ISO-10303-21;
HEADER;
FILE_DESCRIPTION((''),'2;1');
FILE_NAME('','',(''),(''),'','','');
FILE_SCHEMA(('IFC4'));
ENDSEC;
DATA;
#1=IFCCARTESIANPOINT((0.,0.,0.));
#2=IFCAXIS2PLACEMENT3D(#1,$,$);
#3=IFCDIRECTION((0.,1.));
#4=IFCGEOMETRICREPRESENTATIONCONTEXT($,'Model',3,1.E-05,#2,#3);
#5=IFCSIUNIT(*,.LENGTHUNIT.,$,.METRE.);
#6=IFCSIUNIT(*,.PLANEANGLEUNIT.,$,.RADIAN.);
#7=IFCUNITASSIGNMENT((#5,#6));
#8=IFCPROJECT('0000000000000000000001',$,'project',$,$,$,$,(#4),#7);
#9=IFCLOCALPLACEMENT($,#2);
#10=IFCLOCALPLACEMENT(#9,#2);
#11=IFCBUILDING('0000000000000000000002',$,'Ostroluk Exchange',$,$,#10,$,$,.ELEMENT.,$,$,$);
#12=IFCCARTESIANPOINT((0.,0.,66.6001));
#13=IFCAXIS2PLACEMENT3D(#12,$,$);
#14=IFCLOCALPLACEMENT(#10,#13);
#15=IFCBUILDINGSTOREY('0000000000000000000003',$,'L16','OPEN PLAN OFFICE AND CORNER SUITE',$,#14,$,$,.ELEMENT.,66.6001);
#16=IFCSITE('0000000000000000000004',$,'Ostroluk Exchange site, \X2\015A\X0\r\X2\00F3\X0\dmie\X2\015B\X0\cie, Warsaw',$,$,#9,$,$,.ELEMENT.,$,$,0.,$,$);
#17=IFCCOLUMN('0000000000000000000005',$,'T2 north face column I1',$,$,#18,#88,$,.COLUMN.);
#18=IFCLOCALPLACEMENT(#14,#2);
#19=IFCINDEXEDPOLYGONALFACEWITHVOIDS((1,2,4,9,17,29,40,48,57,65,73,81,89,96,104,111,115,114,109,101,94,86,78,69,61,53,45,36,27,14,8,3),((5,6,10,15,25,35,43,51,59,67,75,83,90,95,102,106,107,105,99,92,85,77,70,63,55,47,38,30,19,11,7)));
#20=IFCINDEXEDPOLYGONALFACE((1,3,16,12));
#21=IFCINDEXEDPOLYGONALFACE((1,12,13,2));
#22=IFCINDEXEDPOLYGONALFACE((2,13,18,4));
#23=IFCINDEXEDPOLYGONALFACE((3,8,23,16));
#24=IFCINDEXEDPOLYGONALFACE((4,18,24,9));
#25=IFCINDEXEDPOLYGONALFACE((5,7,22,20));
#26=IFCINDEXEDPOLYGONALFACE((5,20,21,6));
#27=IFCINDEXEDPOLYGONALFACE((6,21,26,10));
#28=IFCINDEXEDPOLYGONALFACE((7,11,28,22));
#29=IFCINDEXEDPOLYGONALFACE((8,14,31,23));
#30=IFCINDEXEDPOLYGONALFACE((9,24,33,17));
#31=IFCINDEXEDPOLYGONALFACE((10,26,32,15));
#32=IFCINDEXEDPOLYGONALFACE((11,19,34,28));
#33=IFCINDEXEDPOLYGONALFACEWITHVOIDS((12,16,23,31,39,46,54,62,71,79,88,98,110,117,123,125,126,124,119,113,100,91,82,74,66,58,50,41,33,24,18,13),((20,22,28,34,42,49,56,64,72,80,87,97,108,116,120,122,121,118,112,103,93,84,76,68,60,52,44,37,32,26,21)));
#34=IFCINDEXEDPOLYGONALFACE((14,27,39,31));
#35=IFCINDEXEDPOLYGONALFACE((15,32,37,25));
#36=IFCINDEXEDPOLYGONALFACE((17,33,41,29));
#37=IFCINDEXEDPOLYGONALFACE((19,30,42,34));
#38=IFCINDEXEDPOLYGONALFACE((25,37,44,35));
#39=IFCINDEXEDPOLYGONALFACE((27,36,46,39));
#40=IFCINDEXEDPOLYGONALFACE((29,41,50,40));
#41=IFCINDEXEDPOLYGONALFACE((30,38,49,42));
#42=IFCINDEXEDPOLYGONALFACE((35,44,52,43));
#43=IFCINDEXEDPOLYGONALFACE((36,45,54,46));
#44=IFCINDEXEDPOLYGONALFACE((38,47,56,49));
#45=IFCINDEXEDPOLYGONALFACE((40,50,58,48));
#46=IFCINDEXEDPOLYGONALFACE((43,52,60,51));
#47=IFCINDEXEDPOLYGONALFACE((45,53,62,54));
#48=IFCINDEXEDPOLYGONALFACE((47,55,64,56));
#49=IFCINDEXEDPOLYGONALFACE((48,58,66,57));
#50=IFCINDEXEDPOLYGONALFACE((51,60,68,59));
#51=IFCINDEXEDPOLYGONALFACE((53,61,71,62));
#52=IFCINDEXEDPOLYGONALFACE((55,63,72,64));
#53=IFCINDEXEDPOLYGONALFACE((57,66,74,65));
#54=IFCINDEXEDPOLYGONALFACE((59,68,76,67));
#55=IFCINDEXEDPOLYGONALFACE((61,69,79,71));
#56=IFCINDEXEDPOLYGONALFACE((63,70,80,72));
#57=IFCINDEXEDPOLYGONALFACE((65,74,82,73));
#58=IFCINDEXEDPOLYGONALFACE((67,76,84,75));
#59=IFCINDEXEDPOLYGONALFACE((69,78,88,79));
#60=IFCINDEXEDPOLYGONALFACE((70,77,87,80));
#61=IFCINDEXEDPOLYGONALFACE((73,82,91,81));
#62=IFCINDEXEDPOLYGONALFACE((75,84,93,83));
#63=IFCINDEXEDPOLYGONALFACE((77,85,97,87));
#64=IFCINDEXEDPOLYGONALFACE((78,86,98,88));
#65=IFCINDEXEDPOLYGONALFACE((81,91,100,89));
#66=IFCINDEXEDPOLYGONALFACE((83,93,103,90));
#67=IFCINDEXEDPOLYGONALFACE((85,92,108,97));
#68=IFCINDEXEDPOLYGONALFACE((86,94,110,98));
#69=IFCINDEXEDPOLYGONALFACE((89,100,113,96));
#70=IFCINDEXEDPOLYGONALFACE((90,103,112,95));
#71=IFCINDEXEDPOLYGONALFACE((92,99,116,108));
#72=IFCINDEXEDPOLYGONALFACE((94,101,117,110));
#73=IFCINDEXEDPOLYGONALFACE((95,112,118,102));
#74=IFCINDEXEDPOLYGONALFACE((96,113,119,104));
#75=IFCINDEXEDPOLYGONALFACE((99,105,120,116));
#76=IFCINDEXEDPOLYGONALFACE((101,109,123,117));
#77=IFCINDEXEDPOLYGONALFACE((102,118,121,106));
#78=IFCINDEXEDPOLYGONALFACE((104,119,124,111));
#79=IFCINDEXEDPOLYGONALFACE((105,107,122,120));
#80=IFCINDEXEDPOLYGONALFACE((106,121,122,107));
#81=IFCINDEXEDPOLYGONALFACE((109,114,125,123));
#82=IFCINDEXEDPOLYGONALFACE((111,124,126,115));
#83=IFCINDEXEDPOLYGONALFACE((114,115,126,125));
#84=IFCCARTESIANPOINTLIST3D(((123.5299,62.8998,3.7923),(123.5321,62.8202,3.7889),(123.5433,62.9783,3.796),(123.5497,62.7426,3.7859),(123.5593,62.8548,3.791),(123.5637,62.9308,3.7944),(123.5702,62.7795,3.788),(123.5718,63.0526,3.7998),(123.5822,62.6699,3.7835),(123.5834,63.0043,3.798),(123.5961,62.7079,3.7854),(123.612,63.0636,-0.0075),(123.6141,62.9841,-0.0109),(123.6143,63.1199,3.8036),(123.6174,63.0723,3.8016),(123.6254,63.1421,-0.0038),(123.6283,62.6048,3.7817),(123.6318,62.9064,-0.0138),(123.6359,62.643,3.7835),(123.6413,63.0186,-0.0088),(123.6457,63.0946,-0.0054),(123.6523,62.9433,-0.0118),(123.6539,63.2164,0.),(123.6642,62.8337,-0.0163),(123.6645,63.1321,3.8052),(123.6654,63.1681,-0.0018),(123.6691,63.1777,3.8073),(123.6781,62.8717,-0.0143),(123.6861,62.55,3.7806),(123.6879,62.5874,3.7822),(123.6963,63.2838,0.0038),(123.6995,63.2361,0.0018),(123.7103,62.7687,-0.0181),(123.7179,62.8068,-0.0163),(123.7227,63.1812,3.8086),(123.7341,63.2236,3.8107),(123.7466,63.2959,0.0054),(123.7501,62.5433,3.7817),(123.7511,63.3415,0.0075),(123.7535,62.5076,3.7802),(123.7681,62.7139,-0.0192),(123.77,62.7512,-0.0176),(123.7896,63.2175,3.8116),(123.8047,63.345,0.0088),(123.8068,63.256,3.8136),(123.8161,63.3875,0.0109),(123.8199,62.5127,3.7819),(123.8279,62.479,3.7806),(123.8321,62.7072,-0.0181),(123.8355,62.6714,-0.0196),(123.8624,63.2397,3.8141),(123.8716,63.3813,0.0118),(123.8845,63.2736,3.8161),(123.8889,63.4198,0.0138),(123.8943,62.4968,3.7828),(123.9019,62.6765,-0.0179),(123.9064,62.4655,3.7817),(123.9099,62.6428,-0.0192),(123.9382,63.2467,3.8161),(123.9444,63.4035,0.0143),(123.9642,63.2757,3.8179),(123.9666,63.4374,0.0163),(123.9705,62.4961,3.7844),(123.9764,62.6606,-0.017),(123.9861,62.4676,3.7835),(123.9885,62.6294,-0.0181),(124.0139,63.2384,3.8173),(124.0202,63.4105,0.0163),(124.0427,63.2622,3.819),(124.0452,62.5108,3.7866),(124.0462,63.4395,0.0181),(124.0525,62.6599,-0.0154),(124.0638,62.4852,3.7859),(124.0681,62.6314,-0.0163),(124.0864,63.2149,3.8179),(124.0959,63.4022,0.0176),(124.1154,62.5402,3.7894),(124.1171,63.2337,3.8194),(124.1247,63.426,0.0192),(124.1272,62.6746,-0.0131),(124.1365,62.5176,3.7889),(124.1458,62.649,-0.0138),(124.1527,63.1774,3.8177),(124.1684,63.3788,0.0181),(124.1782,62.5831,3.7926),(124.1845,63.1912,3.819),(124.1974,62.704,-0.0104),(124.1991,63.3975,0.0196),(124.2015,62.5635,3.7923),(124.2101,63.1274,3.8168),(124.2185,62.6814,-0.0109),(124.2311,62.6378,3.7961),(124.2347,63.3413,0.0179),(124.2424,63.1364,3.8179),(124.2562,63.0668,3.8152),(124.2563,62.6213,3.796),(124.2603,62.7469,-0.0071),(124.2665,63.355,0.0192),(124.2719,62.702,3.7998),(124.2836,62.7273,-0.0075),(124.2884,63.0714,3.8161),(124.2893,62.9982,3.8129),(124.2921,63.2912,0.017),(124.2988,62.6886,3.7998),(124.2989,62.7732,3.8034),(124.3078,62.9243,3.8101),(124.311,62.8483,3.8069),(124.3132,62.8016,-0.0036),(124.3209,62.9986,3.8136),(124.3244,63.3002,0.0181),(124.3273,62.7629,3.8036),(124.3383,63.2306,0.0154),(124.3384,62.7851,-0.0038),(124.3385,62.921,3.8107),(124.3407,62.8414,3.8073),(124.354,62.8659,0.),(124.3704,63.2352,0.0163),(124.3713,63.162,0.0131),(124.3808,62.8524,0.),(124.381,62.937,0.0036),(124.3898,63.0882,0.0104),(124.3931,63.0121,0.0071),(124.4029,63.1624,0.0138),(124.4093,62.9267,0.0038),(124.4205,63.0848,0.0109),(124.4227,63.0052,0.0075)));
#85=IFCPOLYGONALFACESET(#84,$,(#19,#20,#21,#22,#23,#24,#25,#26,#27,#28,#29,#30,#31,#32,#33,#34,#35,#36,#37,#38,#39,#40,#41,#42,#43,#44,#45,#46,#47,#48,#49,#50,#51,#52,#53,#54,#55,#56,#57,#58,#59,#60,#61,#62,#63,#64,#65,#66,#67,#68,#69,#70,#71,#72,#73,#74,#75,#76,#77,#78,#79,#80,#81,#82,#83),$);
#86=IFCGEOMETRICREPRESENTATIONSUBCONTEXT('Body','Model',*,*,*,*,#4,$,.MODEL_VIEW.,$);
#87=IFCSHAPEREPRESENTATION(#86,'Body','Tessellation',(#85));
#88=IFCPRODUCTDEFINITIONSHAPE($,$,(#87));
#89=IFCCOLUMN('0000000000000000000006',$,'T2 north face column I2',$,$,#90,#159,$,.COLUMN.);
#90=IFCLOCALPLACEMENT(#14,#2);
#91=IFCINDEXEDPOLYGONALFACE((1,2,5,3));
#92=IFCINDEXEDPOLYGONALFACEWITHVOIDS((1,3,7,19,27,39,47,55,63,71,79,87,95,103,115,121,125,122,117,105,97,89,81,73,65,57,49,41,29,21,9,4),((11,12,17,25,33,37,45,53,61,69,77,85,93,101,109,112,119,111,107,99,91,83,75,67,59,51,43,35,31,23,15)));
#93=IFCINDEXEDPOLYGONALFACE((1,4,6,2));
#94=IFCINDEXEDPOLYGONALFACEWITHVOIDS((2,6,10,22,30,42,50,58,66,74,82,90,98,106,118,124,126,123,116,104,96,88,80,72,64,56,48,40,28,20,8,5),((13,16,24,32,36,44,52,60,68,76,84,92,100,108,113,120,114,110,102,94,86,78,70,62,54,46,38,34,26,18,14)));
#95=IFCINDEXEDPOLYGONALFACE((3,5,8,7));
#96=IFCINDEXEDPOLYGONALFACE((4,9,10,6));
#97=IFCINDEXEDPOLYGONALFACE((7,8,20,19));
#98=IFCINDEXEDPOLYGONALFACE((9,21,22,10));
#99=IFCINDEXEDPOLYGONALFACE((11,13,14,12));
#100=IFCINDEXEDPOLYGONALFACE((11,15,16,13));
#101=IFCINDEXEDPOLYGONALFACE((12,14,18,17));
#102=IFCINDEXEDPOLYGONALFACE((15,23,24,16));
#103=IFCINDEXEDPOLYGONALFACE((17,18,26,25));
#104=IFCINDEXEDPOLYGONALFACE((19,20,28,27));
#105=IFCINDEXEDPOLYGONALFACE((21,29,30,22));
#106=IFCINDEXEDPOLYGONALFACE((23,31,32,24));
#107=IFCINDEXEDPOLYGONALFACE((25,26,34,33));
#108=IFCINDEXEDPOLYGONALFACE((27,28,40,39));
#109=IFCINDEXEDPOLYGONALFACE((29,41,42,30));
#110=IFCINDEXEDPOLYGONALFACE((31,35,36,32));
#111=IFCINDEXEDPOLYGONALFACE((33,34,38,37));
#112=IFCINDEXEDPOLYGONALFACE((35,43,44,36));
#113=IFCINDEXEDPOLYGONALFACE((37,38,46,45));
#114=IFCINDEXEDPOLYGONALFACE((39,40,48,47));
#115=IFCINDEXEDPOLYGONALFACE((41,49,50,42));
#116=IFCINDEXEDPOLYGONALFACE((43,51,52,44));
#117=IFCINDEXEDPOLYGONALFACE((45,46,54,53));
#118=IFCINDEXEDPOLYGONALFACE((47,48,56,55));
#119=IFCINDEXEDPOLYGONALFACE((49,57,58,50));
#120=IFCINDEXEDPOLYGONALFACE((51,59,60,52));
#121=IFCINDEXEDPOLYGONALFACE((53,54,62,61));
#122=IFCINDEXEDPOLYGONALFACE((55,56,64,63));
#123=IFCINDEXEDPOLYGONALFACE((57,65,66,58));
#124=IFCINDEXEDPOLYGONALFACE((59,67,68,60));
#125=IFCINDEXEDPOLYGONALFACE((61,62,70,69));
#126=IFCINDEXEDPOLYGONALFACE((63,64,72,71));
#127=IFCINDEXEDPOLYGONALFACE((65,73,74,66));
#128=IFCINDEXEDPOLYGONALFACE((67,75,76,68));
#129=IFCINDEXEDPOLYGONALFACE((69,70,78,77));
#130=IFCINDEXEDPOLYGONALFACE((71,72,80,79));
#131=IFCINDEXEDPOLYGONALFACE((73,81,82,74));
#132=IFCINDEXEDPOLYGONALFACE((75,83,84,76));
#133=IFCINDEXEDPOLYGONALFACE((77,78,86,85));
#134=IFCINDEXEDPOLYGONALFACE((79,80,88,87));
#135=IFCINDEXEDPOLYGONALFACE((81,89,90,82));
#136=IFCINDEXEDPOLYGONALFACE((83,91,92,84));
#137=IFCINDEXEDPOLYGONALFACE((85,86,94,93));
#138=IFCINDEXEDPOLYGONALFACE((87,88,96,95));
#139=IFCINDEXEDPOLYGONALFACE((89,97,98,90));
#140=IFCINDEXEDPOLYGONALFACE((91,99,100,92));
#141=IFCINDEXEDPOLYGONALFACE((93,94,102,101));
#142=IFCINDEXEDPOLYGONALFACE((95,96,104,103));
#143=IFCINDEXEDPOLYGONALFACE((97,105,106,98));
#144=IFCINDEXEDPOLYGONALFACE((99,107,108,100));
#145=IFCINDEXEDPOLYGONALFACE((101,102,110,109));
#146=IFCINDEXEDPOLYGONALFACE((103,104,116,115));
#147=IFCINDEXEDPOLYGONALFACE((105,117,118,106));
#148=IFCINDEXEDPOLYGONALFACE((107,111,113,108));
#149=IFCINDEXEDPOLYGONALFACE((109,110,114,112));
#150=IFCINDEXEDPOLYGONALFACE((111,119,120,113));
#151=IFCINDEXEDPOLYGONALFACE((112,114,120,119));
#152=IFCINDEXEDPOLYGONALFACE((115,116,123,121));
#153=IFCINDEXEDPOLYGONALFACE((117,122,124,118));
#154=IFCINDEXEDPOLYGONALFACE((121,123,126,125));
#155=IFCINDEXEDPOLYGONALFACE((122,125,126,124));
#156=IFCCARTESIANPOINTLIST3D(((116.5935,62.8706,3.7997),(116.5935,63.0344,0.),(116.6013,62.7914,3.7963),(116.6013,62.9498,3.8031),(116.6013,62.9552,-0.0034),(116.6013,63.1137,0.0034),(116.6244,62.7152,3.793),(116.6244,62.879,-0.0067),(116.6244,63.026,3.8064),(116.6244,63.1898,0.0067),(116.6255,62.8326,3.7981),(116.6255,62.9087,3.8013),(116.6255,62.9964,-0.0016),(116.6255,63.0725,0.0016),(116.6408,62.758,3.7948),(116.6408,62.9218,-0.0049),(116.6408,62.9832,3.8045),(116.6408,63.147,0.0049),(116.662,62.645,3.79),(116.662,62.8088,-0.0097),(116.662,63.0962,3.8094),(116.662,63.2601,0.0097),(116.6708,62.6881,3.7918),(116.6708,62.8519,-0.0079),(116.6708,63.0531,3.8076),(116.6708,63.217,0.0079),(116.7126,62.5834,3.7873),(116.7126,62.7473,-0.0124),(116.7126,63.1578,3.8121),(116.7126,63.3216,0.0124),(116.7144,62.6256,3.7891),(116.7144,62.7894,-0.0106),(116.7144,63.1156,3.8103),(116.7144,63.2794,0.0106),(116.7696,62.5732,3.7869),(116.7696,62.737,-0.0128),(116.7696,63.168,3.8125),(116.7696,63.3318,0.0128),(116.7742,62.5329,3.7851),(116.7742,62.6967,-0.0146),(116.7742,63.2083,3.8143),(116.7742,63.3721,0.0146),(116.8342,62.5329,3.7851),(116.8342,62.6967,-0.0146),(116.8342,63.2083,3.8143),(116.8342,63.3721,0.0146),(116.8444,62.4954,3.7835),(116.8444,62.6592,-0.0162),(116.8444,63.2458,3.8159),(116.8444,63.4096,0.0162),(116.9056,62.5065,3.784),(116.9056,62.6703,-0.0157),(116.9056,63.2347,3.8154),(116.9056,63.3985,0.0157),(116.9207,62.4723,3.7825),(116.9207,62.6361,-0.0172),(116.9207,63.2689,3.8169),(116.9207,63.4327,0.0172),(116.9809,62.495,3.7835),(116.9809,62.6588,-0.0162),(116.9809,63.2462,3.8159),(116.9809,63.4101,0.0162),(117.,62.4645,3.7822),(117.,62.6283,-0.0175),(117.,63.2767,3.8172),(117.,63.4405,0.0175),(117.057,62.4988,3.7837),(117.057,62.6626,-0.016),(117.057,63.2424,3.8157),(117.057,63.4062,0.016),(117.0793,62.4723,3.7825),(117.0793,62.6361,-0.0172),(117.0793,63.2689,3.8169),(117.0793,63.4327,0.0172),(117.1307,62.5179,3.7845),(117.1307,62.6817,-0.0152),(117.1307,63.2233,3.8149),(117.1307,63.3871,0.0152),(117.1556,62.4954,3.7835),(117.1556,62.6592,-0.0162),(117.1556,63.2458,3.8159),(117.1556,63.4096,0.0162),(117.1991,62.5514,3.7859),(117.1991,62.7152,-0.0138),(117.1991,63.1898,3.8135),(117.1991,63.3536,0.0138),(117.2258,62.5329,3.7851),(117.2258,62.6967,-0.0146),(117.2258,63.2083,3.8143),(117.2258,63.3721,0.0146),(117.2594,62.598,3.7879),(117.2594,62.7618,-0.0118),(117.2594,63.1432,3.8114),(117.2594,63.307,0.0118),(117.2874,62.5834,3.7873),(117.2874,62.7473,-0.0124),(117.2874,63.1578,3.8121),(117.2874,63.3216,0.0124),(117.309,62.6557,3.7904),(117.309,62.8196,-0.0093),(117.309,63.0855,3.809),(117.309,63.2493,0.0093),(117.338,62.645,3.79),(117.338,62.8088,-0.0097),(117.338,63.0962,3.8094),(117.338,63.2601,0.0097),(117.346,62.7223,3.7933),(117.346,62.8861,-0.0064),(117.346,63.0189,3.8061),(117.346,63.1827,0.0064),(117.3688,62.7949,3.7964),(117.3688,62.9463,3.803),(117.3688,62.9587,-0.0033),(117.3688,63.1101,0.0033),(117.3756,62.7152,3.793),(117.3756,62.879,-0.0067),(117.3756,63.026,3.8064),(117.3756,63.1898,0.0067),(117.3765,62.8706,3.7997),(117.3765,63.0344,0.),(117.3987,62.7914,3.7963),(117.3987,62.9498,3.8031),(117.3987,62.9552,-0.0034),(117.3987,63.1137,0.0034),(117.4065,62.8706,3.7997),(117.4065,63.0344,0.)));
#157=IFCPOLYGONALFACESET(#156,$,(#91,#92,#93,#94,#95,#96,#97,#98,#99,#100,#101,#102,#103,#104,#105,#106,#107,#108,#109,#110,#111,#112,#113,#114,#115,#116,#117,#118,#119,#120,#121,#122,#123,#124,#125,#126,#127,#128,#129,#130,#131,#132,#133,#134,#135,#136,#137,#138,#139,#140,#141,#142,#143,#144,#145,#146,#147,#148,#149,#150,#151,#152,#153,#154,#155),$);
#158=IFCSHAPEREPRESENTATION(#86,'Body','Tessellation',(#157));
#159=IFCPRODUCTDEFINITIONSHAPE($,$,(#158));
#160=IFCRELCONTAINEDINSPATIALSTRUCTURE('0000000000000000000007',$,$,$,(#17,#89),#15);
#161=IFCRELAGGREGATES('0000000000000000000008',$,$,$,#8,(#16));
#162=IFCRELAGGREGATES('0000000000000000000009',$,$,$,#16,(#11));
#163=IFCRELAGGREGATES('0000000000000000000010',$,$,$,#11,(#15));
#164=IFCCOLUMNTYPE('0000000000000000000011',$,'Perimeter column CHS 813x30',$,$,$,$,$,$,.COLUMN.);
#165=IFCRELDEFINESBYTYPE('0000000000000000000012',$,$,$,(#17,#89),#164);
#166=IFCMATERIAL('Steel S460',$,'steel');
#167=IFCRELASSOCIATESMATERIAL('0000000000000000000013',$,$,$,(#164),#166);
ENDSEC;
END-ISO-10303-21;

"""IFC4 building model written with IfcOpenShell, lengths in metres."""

from ifc_helpers import new_model, si_unit, direction, frame, origin, origin_2d, place, context, subcontext, project, spatial, hollow_circle, extrude, material, material_profile, profile_set, type_object, element, save


model = new_model("IFC4")

# Units and contexts
model_context = context("Model", 3, precision=1e-05, world=origin(), true_north=direction((0.0, 1.0)))
body_context = subcontext(model_context, "Body", "Model", "MODEL_VIEW")
ifc_project = project(units=[si_unit("LENGTHUNIT", "METRE"), si_unit("PLANEANGLEUNIT", "RADIAN")], contexts=[model_context])

# Site, building, storey
site_placement = place(None, origin())
site = spatial("IfcSite", under=ifc_project, at=site_placement, Name="Ostroluk Exchange site, Śródmieście, Warsaw", CompositionType="ELEMENT", RefElevation=0.0)
building_placement = place(site_placement, origin())
building = spatial("IfcBuilding", under=site, at=building_placement, Name="Ostroluk Exchange", CompositionType="ELEMENT")
storey_placement = place(building_placement, frame((0.0, 0.0, 66.6001)))
storey = spatial("IfcBuildingStorey", under=building, at=storey_placement, Name="L16", Description="OPEN PLAN OFFICE AND CORNER SUITE", CompositionType="ELEMENT", Elevation=66.6001)

# Columns
ifc_material_1 = material(Name="Steel S460", Category="steel")
ifc_material_profile_1 = material_profile(ifc_material_1, hollow_circle(Radius=0.4065, WallThickness=0.03, at=origin_2d()), Name="CHS 813x30")
ifc_profile_set_1 = profile_set([ifc_material_profile_1], Name="Steel S460")
column_type = type_object("IfcColumnType", Name="Perimeter column CHS 813x30", PredefinedType="COLUMN", material=ifc_profile_set_1)
column_1_placement = place(storey_placement, frame((124.0173, 63.0344, 0.0), z_axis=(-0.021563, -0.043062, 0.99884), x_axis=(0.894161, -0.447747, 0.0)))
element("IfcColumn", 1, at=column_1_placement, inside=storey, type_object=column_type, Name="T2 north face column I1", PredefinedType="COLUMN", context=body_context, shape_type="SweptSolid", body=[
    extrude(hollow_circle(Radius=0.4065, WallThickness=0.03, at=origin_2d()), origin(), (0.0, 0.0, 1.0), 3.8042),
])
column_2_placement = place(storey_placement, frame((117.0, 63.0344, 0.0), z_axis=(0.0, -0.043072, 0.999072), x_axis=(1.0, 0.0, 0.0)))
element("IfcColumn", 2, at=column_2_placement, inside=storey, type_object=column_type, Name="T2 north face column I2", PredefinedType="COLUMN", context=body_context, shape_type="SweptSolid", body=[
    extrude(hollow_circle(Radius=0.4065, WallThickness=0.03, at=origin_2d()), origin(), (0.0, 0.0, 1.0), 3.8032),
])

save(model, "model.ifc")
